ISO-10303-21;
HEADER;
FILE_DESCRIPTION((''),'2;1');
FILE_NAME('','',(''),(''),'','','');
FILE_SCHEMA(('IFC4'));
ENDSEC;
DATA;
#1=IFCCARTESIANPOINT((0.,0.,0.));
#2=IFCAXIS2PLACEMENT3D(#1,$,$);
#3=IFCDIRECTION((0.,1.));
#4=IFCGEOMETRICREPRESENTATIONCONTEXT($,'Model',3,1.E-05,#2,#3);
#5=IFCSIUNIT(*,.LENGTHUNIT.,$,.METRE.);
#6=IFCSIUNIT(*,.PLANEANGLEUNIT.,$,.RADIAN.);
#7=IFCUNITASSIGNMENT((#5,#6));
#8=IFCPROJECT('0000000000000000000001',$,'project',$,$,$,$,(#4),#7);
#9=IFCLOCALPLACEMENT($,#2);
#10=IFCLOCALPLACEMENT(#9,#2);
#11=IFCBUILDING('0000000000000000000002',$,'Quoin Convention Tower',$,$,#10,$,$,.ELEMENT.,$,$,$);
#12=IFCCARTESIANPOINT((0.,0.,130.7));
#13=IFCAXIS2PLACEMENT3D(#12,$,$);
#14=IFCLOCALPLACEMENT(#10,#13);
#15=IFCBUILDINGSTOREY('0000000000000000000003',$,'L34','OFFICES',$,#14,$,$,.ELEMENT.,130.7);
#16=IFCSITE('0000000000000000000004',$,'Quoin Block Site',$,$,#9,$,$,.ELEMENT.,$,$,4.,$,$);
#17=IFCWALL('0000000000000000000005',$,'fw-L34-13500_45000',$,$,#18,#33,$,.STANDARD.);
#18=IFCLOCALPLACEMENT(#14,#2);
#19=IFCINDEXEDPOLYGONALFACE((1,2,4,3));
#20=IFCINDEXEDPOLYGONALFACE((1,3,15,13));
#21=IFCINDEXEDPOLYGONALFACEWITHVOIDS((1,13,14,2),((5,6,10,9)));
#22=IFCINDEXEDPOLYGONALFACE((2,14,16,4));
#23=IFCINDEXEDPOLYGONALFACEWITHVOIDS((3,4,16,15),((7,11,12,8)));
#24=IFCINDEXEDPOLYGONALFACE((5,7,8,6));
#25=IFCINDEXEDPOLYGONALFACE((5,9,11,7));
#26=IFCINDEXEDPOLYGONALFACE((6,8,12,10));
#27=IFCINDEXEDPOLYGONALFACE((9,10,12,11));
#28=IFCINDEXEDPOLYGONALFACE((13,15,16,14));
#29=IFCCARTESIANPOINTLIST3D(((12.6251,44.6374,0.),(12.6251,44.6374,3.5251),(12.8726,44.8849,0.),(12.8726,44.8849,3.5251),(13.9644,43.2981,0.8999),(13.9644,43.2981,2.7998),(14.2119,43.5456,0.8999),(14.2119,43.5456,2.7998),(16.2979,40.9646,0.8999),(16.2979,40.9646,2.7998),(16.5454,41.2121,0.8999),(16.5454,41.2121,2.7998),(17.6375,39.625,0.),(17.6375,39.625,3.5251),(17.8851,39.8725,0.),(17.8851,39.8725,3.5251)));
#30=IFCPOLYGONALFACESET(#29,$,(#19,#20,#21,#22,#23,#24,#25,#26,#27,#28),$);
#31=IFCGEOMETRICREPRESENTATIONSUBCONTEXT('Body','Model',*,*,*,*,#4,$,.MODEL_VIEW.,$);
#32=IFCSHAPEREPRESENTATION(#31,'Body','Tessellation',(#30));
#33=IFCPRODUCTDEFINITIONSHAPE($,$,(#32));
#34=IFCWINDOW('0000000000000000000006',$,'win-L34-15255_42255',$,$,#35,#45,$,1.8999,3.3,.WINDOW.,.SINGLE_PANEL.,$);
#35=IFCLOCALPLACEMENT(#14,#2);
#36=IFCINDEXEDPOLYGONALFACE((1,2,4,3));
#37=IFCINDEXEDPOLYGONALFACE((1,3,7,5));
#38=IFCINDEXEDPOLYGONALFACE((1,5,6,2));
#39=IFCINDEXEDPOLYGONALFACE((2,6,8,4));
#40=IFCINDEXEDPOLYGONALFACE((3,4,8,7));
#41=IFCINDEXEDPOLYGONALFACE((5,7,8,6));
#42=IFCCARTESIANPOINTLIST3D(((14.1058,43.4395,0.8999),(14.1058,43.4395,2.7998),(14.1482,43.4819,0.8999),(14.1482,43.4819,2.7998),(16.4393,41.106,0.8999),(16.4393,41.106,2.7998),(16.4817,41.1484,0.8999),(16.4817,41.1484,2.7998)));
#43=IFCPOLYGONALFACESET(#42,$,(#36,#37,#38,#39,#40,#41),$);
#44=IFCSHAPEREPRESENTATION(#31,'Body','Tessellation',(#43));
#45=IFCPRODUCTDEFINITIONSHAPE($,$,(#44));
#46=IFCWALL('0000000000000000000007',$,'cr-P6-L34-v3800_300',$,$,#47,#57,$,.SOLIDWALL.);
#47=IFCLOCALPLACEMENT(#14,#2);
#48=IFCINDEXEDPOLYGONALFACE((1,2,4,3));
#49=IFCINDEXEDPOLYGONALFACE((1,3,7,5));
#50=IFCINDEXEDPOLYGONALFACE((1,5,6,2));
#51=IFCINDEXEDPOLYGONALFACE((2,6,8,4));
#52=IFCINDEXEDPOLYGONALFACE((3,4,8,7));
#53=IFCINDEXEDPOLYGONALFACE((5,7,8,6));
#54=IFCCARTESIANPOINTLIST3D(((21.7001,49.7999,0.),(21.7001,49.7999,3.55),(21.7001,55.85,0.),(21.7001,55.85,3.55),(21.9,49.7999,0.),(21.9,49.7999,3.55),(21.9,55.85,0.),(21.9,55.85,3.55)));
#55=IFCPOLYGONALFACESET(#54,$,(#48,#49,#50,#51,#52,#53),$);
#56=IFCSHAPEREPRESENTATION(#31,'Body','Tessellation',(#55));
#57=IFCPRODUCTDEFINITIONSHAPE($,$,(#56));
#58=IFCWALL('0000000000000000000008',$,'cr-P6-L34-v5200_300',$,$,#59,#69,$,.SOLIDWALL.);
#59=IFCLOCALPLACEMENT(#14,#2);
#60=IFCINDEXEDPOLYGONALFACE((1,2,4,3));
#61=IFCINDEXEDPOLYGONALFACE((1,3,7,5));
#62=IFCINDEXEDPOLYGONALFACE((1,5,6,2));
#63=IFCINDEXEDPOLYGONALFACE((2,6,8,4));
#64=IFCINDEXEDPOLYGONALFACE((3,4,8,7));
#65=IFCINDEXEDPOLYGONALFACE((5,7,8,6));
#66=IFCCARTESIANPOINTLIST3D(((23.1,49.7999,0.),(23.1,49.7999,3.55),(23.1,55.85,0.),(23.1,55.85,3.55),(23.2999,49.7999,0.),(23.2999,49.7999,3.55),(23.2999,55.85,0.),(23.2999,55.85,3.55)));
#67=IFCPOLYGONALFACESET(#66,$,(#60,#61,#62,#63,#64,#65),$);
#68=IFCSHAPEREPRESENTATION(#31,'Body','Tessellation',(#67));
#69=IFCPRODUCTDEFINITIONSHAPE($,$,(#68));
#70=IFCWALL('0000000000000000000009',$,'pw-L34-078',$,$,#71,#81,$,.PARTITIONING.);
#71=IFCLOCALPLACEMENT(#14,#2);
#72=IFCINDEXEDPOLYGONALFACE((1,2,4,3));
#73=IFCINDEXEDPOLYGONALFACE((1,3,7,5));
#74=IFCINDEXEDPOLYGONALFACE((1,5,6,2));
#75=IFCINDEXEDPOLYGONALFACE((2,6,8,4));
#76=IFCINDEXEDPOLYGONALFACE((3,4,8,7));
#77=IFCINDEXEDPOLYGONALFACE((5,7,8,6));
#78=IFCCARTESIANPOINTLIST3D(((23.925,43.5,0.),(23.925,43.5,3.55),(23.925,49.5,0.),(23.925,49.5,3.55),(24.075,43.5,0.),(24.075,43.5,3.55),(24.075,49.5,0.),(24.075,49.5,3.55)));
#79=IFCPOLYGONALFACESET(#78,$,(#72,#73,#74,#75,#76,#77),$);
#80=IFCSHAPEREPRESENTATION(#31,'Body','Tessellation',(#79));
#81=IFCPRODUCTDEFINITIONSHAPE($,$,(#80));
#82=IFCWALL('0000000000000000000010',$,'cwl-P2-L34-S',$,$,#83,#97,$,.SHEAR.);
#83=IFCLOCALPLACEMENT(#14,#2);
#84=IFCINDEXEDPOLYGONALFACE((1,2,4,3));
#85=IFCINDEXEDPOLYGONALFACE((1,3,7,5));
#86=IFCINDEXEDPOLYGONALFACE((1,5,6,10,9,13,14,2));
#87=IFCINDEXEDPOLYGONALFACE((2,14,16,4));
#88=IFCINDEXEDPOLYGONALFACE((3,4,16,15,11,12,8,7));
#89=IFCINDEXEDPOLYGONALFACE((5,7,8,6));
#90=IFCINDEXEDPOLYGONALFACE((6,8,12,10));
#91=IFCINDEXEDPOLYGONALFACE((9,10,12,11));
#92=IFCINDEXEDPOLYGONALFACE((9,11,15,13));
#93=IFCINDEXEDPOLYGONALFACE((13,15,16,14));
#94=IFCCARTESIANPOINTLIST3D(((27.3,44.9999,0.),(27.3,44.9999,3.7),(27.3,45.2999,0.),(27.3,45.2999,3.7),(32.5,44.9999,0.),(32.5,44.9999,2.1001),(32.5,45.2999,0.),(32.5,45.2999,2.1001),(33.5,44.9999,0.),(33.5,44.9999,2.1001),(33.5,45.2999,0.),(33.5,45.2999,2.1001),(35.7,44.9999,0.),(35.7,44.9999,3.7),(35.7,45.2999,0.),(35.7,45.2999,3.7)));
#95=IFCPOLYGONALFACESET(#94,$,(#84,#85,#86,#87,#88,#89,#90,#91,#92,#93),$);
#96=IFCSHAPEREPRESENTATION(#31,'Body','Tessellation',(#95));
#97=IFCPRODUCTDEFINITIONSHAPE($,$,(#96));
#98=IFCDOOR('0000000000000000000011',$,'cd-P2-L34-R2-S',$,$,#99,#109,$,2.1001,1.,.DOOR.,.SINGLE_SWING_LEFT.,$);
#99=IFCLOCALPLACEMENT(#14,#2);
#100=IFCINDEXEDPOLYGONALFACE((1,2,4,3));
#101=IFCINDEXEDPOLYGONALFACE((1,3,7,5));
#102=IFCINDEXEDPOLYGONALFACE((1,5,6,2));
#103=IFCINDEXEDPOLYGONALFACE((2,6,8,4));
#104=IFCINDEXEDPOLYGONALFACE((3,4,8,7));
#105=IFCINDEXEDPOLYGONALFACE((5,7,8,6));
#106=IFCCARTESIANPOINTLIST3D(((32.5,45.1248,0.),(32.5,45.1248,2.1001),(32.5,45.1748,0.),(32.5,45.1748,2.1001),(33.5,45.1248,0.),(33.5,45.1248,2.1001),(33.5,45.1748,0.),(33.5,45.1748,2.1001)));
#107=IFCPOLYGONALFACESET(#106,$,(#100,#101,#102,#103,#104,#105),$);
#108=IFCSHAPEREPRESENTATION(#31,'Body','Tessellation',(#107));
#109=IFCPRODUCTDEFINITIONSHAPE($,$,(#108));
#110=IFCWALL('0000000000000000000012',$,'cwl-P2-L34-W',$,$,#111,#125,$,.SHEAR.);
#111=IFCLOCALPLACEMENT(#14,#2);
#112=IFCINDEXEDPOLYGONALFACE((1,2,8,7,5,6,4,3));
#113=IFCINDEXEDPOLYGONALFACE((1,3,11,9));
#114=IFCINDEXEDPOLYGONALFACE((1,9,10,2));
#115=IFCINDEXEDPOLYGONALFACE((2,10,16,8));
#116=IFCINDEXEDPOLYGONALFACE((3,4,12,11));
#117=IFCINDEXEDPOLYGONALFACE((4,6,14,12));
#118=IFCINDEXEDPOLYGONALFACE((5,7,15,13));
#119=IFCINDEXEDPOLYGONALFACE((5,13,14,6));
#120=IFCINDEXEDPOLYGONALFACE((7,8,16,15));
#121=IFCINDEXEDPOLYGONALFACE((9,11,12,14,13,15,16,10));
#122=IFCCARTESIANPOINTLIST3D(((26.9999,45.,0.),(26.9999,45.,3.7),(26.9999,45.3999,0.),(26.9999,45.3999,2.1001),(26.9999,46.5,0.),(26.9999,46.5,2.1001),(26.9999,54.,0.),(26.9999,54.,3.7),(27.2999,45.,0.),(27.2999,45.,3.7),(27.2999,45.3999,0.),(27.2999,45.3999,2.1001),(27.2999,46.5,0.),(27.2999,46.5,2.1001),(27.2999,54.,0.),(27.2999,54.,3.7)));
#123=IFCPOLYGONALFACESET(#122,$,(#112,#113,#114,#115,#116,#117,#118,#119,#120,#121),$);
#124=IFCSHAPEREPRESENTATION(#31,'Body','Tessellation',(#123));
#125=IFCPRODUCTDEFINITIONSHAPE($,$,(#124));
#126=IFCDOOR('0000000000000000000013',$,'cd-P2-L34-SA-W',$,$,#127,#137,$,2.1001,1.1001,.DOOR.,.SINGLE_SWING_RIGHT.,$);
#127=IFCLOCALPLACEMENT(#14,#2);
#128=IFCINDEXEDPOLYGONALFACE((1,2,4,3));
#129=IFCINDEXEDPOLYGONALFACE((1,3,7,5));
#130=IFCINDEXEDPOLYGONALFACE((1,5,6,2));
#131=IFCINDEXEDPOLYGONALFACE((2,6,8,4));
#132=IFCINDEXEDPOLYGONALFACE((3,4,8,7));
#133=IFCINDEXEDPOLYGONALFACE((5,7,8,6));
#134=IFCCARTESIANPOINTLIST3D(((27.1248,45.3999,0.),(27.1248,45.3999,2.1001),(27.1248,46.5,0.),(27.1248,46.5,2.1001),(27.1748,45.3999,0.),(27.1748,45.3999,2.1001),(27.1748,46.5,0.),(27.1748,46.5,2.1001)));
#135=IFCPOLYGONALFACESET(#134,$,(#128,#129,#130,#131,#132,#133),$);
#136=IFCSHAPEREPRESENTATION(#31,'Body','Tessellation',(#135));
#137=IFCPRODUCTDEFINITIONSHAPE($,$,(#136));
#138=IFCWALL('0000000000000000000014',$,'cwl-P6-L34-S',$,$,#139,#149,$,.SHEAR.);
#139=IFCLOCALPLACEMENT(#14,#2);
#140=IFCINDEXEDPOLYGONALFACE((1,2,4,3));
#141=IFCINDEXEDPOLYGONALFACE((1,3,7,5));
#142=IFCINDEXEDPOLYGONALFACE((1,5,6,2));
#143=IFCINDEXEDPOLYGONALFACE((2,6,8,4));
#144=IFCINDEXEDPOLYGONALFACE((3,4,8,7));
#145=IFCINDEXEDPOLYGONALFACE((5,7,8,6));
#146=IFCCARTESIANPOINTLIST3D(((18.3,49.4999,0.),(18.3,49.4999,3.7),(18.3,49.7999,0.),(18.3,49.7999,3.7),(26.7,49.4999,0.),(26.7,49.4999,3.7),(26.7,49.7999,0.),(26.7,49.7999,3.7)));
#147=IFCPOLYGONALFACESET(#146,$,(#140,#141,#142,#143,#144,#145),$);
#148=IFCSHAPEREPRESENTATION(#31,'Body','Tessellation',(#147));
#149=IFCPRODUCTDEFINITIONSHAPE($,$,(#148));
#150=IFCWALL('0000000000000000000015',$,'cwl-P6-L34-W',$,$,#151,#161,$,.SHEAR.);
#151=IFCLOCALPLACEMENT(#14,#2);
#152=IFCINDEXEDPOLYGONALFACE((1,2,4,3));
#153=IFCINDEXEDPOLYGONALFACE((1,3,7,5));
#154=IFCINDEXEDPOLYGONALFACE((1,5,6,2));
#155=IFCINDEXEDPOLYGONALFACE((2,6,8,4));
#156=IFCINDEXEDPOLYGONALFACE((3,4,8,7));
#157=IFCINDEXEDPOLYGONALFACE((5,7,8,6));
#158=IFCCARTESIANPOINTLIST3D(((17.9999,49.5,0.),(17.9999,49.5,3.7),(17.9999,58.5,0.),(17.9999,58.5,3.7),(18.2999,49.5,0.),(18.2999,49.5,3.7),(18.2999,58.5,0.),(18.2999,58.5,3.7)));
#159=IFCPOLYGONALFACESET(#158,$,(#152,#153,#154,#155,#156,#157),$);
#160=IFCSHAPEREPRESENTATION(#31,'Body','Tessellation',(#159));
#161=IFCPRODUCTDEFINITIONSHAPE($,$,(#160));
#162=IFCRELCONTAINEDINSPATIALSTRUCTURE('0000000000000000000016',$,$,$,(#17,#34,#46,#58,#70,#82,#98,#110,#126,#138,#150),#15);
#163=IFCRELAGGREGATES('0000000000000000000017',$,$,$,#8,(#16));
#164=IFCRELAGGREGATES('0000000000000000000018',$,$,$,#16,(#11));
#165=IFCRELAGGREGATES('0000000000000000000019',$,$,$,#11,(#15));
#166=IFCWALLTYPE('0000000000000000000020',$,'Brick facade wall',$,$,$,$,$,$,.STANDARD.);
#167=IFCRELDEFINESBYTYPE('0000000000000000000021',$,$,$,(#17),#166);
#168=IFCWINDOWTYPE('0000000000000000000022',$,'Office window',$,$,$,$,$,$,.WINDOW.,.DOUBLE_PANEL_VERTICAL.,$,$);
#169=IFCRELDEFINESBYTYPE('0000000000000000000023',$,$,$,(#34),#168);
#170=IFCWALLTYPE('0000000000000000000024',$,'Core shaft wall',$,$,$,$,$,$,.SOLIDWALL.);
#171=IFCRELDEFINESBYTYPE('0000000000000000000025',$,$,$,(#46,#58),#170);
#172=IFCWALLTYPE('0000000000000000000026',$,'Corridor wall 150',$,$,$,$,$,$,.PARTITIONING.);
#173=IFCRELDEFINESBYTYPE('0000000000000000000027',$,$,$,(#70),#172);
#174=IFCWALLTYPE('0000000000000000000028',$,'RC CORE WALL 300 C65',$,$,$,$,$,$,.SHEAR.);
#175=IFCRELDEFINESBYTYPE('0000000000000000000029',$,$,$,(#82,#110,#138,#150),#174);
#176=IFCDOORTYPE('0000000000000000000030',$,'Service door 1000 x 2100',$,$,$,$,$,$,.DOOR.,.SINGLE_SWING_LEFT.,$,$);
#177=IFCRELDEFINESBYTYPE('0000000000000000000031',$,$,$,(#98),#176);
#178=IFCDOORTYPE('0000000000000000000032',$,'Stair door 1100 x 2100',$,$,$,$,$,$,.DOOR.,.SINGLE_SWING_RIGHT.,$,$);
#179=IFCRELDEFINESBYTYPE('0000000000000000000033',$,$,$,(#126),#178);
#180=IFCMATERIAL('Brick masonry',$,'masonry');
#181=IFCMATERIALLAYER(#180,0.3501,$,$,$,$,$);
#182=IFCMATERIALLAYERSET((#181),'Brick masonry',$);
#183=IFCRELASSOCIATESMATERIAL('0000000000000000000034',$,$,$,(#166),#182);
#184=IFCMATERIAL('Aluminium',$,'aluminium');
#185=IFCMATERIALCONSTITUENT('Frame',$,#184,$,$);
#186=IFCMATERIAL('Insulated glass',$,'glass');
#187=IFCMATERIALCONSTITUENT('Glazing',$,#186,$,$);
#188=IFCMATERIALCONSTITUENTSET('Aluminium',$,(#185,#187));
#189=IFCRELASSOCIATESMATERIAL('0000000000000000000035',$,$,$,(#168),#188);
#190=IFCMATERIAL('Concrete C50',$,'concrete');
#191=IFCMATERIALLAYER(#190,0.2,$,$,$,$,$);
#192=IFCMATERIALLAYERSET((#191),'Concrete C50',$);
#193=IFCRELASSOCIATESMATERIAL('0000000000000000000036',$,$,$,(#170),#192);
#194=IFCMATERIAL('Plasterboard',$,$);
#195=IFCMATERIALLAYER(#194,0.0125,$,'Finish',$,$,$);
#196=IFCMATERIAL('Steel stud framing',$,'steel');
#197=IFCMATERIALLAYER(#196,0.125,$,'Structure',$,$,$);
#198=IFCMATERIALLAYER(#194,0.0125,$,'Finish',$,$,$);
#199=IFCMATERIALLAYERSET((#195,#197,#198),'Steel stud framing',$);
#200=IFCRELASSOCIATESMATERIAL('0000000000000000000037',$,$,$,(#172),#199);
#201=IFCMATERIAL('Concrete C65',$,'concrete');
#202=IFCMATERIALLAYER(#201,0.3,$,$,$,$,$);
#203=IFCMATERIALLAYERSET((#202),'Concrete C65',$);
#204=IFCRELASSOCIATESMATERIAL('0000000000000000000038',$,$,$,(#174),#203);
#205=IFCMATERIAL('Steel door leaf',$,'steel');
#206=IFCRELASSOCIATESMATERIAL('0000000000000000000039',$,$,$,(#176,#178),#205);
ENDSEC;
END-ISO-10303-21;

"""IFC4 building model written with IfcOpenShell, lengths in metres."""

from ifc_helpers import new_model, si_unit, direction, frame, frame_2d, origin, place, context, subcontext, project, spatial, rectangle, extrude, material, layer, layer_set, constituent, constituent_set, type_object, element, fill, save


model = new_model("IFC4")

# Units and contexts
model_context = context("Model", 3, precision=1e-05, world=origin(), true_north=direction((0.0, 1.0)))
body_context = subcontext(model_context, "Body", "Model", "MODEL_VIEW")
ifc_project = project(units=[si_unit("LENGTHUNIT", "METRE"), si_unit("PLANEANGLEUNIT", "RADIAN")], contexts=[model_context])

# Site, building, storey
site_placement = place(None, origin())
site = spatial("IfcSite", under=ifc_project, at=site_placement, Name="Quoin Block Site", CompositionType="ELEMENT", RefElevation=4.0)
building_placement = place(site_placement, origin())
building = spatial("IfcBuilding", under=site, at=building_placement, Name="Quoin Convention Tower", CompositionType="ELEMENT")
storey_placement = place(building_placement, frame((0.0, 0.0, 130.7)))
storey = spatial("IfcBuildingStorey", under=building, at=storey_placement, Name="L34", Description="OFFICES", CompositionType="ELEMENT", Elevation=130.7)

# Shared definitions
ifc_material_1 = material(Name="Concrete C65", Category="concrete")

# Wall, opening, window
ifc_material_2 = material(Name="Brick masonry", Category="masonry")
ifc_layer_1 = layer(ifc_material_2, 0.3501)
ifc_layer_set_1 = layer_set([ifc_layer_1], Name="Brick masonry")
wall_type_1 = type_object("IfcWallType", Name="Brick facade wall", PredefinedType="STANDARD", material=ifc_layer_set_1)
wall_1_placement = place(storey_placement, frame((12.7488, 44.7612, 0.0), z_axis=(0.0, 0.0, 1.0), x_axis=(0.707107, -0.707107, 0.0)))
wall_1 = element("IfcWall", 1, at=wall_1_placement, inside=storey, type_object=wall_type_1, Name="fw-L34-13500_45000", PredefinedType="STANDARD", context=body_context, shape_type="SweptSolid", body=[
    extrude(rectangle(XDim=7.0886, YDim=0.3501, at=frame_2d((3.5444, 0.0))), origin(), (0.0, 0.0, 1.0), 3.5251),
])
opening_1_placement = place(wall_1_placement, frame((1.8943, 0.0, 0.8999)))
opening_1 = element("IfcOpeningElement", 2, at=opening_1_placement, cuts=wall_1, PredefinedType="OPENING", context=body_context, shape_type="SweptSolid", body=[
    extrude(rectangle(XDim=3.3, YDim=1.8999, at=frame_2d((1.6499, 0.95))), frame((0.0, 0.1851, 0.0), z_axis=(0.0, -1.0, 0.0), x_axis=(1.0, 0.0, 0.0)), (0.0, 0.0, 1.0), 0.3701),
])
ifc_material_3 = material(Name="Aluminium", Category="aluminium")
ifc_constituent_1 = constituent(ifc_material_3, Name="Frame")
ifc_material_4 = material(Name="Insulated glass", Category="glass")
ifc_constituent_2 = constituent(ifc_material_4, Name="Glazing")
ifc_constituent_set = constituent_set(constituents=[ifc_constituent_1, ifc_constituent_2], Name="Aluminium")
window_type = type_object("IfcWindowType", Name="Office window", PartitioningType="DOUBLE_PANEL_VERTICAL", PredefinedType="WINDOW", material=ifc_constituent_set)
window_placement = place(opening_1_placement, origin())
window = element("IfcWindow", 3, at=window_placement, inside=storey, type_object=window_type, Name="win-L34-15255_42255", OverallHeight=1.8999, OverallWidth=3.3, PartitioningType="SINGLE_PANEL", PredefinedType="WINDOW", context=body_context, shape_type="SweptSolid", body=[
    extrude(rectangle(XDim=3.3, YDim=1.8999, at=frame_2d((1.6499, 0.95))), frame((0.0, 0.085, 0.0), z_axis=(0.0, -1.0, 0.0), x_axis=(1.0, 0.0, 0.0)), (0.0, 0.0, 1.0), 0.0601),
])
fill(opening_1, window)

# Walls
ifc_material_5 = material(Name="Concrete C50", Category="concrete")
ifc_layer_2 = layer(ifc_material_5, 0.2)
ifc_layer_set_2 = layer_set([ifc_layer_2], Name="Concrete C50")
wall_type_2 = type_object("IfcWallType", Name="Core shaft wall", PredefinedType="SOLIDWALL", material=ifc_layer_set_2)
for number, where, z_axis, x_axis, name in (
    (4, (21.8, 49.8, 0.0), (0.0, 0.0, 1.0), (0.0, 1.0, 0.0), "cr-P6-L34-v3800_300"),
    (5, (23.2, 49.8, 0.0), (0.0, 0.0, 1.0), (0.0, 1.0, 0.0), "cr-P6-L34-v5200_300"),
):
    element("IfcWall", number, at=place(storey_placement, frame(where, z_axis=z_axis, x_axis=x_axis)), inside=storey, type_object=wall_type_2, Name=name, PredefinedType="SOLIDWALL", context=body_context, shape_type="SweptSolid", body=[
        extrude(rectangle(XDim=6.05, YDim=0.2, at=frame_2d((3.0249, 0.0))), origin(), (0.0, 0.0, 1.0), 3.55),
    ])
ifc_material_6 = material(Name="Plasterboard")
ifc_layer_3 = layer(ifc_material_6, 0.0125, Name="Finish")
ifc_material_7 = material(Name="Steel stud framing", Category="steel")
ifc_layer_4 = layer(ifc_material_7, 0.125, Name="Structure")
ifc_layer_5 = layer(ifc_material_6, 0.0125, Name="Finish")
ifc_layer_set_3 = layer_set([ifc_layer_3, ifc_layer_4, ifc_layer_5], Name="Steel stud framing")
wall_type_3 = type_object("IfcWallType", Name="Corridor wall 150", PredefinedType="PARTITIONING", material=ifc_layer_set_3)
wall_2_placement = place(storey_placement, frame((24.0, 43.5, 0.0), z_axis=(0.0, 0.0, 1.0), x_axis=(0.0, 1.0, 0.0)))
element("IfcWall", 6, at=wall_2_placement, inside=storey, type_object=wall_type_3, Name="pw-L34-078", PredefinedType="PARTITIONING", context=body_context, shape_type="SweptSolid", body=[
    extrude(rectangle(XDim=6.0, YDim=0.1499, at=frame_2d((3.0, 0.0))), origin(), (0.0, 0.0, 1.0), 3.55),
])

# Walls, openings, doors
ifc_layer_6 = layer(ifc_material_1, 0.3)
ifc_layer_set_4 = layer_set([ifc_layer_6], Name="Concrete C65")
wall_type_4 = type_object("IfcWallType", Name="RC CORE WALL 300 C65", PredefinedType="SHEAR", material=ifc_layer_set_4)
wall_3_placement = place(storey_placement, frame((27.3, 45.1499, 0.0), z_axis=(0.0, 0.0, 1.0), x_axis=(1.0, 0.0, 0.0)))
wall_3 = element("IfcWall", 7, at=wall_3_placement, inside=storey, type_object=wall_type_4, Name="cwl-P2-L34-S", PredefinedType="SHEAR", context=body_context, shape_type="SweptSolid", body=[
    extrude(rectangle(XDim=8.3999, YDim=0.3, at=frame_2d((4.2, 0.0))), origin(), (0.0, 0.0, 1.0), 3.7),
])
opening_2_placement = place(wall_3_placement, frame((5.2, 0.0, 0.0)))
opening_2 = element("IfcOpeningElement", 8, at=opening_2_placement, cuts=wall_3, PredefinedType="OPENING", context=body_context, shape_type="SweptSolid", body=[
    extrude(rectangle(XDim=1.0, YDim=2.1001, at=frame_2d((0.5, 1.05))), frame((0.0, 0.1599, 0.0), z_axis=(0.0, -1.0, 0.0), x_axis=(1.0, 0.0, 0.0)), (0.0, 0.0, 1.0), 0.3201),
])
ifc_material_8 = material(Name="Steel door leaf", Category="steel")
door_type_1 = type_object("IfcDoorType", Name="Service door 1000 x 2100", OperationType="SINGLE_SWING_LEFT", PredefinedType="DOOR", material=ifc_material_8)
door_1_placement = place(opening_2_placement, origin())
door_1 = element("IfcDoor", 9, at=door_1_placement, inside=storey, type_object=door_type_1, Name="cd-P2-L34-R2-S", OperationType="SINGLE_SWING_LEFT", OverallHeight=2.1001, OverallWidth=1.0, PredefinedType="DOOR", context=body_context, shape_type="SweptSolid", body=[
    extrude(rectangle(XDim=1.0, YDim=2.1001, at=frame_2d((0.5, 1.05))), frame((0.0, 0.0249, 0.0), z_axis=(0.0, -1.0, 0.0), x_axis=(1.0, 0.0, 0.0)), (0.0, 0.0, 1.0), 0.05),
])
fill(opening_2, door_1)
wall_4_placement = place(storey_placement, frame((27.1499, 45.0, 0.0), z_axis=(0.0, 0.0, 1.0), x_axis=(0.0, 1.0, 0.0)))
wall_4 = element("IfcWall", 10, at=wall_4_placement, inside=storey, type_object=wall_type_4, Name="cwl-P2-L34-W", PredefinedType="SHEAR", context=body_context, shape_type="SweptSolid", body=[
    extrude(rectangle(XDim=9.0, YDim=0.3, at=frame_2d((4.5, 0.0))), origin(), (0.0, 0.0, 1.0), 3.7),
])
opening_3_placement = place(wall_4_placement, frame((0.3999, 0.0, 0.0)))
opening_3 = element("IfcOpeningElement", 11, at=opening_3_placement, cuts=wall_4, PredefinedType="OPENING", context=body_context, shape_type="SweptSolid", body=[
    extrude(rectangle(XDim=1.1001, YDim=2.1001, at=frame_2d((0.55, 1.05))), frame((0.0, 0.1599, 0.0), z_axis=(0.0, -1.0, 0.0), x_axis=(1.0, 0.0, 0.0)), (0.0, 0.0, 1.0), 0.3201),
])
door_type_2 = type_object("IfcDoorType", Name="Stair door 1100 x 2100", OperationType="SINGLE_SWING_RIGHT", PredefinedType="DOOR", material=ifc_material_8)
door_2_placement = place(opening_3_placement, frame((1.1001, 0.0, 0.0), z_axis=(0.0, 0.0, 1.0), x_axis=(-1.0, 0.0, 0.0)))
door_2 = element("IfcDoor", 12, at=door_2_placement, inside=storey, type_object=door_type_2, Name="cd-P2-L34-SA-W", OperationType="SINGLE_SWING_RIGHT", OverallHeight=2.1001, OverallWidth=1.1001, PredefinedType="DOOR", context=body_context, shape_type="SweptSolid", body=[
    extrude(rectangle(XDim=1.1001, YDim=2.1001, at=frame_2d((0.55, 1.05))), frame((0.0, 0.0249, 0.0), z_axis=(0.0, -1.0, 0.0), x_axis=(1.0, 0.0, 0.0)), (0.0, 0.0, 1.0), 0.05),
])
fill(opening_3, door_2)

# Walls
wall_5_placement = place(storey_placement, frame((18.3, 49.6499, 0.0), z_axis=(0.0, 0.0, 1.0), x_axis=(1.0, 0.0, 0.0)))
element("IfcWall", 13, at=wall_5_placement, inside=storey, type_object=wall_type_4, Name="cwl-P6-L34-S", PredefinedType="SHEAR", context=body_context, shape_type="SweptSolid", body=[
    extrude(rectangle(XDim=8.3999, YDim=0.3, at=frame_2d((4.2, 0.0))), origin(), (0.0, 0.0, 1.0), 3.7),
])
wall_6_placement = place(storey_placement, frame((18.1499, 49.5, 0.0), z_axis=(0.0, 0.0, 1.0), x_axis=(0.0, 1.0, 0.0)))
element("IfcWall", 14, at=wall_6_placement, inside=storey, type_object=wall_type_4, Name="cwl-P6-L34-W", PredefinedType="SHEAR", context=body_context, shape_type="SweptSolid", body=[
    extrude(rectangle(XDim=9.0, YDim=0.3, at=frame_2d((4.5, 0.0))), origin(), (0.0, 0.0, 1.0), 3.7),
])

save(model, "model.ifc")
